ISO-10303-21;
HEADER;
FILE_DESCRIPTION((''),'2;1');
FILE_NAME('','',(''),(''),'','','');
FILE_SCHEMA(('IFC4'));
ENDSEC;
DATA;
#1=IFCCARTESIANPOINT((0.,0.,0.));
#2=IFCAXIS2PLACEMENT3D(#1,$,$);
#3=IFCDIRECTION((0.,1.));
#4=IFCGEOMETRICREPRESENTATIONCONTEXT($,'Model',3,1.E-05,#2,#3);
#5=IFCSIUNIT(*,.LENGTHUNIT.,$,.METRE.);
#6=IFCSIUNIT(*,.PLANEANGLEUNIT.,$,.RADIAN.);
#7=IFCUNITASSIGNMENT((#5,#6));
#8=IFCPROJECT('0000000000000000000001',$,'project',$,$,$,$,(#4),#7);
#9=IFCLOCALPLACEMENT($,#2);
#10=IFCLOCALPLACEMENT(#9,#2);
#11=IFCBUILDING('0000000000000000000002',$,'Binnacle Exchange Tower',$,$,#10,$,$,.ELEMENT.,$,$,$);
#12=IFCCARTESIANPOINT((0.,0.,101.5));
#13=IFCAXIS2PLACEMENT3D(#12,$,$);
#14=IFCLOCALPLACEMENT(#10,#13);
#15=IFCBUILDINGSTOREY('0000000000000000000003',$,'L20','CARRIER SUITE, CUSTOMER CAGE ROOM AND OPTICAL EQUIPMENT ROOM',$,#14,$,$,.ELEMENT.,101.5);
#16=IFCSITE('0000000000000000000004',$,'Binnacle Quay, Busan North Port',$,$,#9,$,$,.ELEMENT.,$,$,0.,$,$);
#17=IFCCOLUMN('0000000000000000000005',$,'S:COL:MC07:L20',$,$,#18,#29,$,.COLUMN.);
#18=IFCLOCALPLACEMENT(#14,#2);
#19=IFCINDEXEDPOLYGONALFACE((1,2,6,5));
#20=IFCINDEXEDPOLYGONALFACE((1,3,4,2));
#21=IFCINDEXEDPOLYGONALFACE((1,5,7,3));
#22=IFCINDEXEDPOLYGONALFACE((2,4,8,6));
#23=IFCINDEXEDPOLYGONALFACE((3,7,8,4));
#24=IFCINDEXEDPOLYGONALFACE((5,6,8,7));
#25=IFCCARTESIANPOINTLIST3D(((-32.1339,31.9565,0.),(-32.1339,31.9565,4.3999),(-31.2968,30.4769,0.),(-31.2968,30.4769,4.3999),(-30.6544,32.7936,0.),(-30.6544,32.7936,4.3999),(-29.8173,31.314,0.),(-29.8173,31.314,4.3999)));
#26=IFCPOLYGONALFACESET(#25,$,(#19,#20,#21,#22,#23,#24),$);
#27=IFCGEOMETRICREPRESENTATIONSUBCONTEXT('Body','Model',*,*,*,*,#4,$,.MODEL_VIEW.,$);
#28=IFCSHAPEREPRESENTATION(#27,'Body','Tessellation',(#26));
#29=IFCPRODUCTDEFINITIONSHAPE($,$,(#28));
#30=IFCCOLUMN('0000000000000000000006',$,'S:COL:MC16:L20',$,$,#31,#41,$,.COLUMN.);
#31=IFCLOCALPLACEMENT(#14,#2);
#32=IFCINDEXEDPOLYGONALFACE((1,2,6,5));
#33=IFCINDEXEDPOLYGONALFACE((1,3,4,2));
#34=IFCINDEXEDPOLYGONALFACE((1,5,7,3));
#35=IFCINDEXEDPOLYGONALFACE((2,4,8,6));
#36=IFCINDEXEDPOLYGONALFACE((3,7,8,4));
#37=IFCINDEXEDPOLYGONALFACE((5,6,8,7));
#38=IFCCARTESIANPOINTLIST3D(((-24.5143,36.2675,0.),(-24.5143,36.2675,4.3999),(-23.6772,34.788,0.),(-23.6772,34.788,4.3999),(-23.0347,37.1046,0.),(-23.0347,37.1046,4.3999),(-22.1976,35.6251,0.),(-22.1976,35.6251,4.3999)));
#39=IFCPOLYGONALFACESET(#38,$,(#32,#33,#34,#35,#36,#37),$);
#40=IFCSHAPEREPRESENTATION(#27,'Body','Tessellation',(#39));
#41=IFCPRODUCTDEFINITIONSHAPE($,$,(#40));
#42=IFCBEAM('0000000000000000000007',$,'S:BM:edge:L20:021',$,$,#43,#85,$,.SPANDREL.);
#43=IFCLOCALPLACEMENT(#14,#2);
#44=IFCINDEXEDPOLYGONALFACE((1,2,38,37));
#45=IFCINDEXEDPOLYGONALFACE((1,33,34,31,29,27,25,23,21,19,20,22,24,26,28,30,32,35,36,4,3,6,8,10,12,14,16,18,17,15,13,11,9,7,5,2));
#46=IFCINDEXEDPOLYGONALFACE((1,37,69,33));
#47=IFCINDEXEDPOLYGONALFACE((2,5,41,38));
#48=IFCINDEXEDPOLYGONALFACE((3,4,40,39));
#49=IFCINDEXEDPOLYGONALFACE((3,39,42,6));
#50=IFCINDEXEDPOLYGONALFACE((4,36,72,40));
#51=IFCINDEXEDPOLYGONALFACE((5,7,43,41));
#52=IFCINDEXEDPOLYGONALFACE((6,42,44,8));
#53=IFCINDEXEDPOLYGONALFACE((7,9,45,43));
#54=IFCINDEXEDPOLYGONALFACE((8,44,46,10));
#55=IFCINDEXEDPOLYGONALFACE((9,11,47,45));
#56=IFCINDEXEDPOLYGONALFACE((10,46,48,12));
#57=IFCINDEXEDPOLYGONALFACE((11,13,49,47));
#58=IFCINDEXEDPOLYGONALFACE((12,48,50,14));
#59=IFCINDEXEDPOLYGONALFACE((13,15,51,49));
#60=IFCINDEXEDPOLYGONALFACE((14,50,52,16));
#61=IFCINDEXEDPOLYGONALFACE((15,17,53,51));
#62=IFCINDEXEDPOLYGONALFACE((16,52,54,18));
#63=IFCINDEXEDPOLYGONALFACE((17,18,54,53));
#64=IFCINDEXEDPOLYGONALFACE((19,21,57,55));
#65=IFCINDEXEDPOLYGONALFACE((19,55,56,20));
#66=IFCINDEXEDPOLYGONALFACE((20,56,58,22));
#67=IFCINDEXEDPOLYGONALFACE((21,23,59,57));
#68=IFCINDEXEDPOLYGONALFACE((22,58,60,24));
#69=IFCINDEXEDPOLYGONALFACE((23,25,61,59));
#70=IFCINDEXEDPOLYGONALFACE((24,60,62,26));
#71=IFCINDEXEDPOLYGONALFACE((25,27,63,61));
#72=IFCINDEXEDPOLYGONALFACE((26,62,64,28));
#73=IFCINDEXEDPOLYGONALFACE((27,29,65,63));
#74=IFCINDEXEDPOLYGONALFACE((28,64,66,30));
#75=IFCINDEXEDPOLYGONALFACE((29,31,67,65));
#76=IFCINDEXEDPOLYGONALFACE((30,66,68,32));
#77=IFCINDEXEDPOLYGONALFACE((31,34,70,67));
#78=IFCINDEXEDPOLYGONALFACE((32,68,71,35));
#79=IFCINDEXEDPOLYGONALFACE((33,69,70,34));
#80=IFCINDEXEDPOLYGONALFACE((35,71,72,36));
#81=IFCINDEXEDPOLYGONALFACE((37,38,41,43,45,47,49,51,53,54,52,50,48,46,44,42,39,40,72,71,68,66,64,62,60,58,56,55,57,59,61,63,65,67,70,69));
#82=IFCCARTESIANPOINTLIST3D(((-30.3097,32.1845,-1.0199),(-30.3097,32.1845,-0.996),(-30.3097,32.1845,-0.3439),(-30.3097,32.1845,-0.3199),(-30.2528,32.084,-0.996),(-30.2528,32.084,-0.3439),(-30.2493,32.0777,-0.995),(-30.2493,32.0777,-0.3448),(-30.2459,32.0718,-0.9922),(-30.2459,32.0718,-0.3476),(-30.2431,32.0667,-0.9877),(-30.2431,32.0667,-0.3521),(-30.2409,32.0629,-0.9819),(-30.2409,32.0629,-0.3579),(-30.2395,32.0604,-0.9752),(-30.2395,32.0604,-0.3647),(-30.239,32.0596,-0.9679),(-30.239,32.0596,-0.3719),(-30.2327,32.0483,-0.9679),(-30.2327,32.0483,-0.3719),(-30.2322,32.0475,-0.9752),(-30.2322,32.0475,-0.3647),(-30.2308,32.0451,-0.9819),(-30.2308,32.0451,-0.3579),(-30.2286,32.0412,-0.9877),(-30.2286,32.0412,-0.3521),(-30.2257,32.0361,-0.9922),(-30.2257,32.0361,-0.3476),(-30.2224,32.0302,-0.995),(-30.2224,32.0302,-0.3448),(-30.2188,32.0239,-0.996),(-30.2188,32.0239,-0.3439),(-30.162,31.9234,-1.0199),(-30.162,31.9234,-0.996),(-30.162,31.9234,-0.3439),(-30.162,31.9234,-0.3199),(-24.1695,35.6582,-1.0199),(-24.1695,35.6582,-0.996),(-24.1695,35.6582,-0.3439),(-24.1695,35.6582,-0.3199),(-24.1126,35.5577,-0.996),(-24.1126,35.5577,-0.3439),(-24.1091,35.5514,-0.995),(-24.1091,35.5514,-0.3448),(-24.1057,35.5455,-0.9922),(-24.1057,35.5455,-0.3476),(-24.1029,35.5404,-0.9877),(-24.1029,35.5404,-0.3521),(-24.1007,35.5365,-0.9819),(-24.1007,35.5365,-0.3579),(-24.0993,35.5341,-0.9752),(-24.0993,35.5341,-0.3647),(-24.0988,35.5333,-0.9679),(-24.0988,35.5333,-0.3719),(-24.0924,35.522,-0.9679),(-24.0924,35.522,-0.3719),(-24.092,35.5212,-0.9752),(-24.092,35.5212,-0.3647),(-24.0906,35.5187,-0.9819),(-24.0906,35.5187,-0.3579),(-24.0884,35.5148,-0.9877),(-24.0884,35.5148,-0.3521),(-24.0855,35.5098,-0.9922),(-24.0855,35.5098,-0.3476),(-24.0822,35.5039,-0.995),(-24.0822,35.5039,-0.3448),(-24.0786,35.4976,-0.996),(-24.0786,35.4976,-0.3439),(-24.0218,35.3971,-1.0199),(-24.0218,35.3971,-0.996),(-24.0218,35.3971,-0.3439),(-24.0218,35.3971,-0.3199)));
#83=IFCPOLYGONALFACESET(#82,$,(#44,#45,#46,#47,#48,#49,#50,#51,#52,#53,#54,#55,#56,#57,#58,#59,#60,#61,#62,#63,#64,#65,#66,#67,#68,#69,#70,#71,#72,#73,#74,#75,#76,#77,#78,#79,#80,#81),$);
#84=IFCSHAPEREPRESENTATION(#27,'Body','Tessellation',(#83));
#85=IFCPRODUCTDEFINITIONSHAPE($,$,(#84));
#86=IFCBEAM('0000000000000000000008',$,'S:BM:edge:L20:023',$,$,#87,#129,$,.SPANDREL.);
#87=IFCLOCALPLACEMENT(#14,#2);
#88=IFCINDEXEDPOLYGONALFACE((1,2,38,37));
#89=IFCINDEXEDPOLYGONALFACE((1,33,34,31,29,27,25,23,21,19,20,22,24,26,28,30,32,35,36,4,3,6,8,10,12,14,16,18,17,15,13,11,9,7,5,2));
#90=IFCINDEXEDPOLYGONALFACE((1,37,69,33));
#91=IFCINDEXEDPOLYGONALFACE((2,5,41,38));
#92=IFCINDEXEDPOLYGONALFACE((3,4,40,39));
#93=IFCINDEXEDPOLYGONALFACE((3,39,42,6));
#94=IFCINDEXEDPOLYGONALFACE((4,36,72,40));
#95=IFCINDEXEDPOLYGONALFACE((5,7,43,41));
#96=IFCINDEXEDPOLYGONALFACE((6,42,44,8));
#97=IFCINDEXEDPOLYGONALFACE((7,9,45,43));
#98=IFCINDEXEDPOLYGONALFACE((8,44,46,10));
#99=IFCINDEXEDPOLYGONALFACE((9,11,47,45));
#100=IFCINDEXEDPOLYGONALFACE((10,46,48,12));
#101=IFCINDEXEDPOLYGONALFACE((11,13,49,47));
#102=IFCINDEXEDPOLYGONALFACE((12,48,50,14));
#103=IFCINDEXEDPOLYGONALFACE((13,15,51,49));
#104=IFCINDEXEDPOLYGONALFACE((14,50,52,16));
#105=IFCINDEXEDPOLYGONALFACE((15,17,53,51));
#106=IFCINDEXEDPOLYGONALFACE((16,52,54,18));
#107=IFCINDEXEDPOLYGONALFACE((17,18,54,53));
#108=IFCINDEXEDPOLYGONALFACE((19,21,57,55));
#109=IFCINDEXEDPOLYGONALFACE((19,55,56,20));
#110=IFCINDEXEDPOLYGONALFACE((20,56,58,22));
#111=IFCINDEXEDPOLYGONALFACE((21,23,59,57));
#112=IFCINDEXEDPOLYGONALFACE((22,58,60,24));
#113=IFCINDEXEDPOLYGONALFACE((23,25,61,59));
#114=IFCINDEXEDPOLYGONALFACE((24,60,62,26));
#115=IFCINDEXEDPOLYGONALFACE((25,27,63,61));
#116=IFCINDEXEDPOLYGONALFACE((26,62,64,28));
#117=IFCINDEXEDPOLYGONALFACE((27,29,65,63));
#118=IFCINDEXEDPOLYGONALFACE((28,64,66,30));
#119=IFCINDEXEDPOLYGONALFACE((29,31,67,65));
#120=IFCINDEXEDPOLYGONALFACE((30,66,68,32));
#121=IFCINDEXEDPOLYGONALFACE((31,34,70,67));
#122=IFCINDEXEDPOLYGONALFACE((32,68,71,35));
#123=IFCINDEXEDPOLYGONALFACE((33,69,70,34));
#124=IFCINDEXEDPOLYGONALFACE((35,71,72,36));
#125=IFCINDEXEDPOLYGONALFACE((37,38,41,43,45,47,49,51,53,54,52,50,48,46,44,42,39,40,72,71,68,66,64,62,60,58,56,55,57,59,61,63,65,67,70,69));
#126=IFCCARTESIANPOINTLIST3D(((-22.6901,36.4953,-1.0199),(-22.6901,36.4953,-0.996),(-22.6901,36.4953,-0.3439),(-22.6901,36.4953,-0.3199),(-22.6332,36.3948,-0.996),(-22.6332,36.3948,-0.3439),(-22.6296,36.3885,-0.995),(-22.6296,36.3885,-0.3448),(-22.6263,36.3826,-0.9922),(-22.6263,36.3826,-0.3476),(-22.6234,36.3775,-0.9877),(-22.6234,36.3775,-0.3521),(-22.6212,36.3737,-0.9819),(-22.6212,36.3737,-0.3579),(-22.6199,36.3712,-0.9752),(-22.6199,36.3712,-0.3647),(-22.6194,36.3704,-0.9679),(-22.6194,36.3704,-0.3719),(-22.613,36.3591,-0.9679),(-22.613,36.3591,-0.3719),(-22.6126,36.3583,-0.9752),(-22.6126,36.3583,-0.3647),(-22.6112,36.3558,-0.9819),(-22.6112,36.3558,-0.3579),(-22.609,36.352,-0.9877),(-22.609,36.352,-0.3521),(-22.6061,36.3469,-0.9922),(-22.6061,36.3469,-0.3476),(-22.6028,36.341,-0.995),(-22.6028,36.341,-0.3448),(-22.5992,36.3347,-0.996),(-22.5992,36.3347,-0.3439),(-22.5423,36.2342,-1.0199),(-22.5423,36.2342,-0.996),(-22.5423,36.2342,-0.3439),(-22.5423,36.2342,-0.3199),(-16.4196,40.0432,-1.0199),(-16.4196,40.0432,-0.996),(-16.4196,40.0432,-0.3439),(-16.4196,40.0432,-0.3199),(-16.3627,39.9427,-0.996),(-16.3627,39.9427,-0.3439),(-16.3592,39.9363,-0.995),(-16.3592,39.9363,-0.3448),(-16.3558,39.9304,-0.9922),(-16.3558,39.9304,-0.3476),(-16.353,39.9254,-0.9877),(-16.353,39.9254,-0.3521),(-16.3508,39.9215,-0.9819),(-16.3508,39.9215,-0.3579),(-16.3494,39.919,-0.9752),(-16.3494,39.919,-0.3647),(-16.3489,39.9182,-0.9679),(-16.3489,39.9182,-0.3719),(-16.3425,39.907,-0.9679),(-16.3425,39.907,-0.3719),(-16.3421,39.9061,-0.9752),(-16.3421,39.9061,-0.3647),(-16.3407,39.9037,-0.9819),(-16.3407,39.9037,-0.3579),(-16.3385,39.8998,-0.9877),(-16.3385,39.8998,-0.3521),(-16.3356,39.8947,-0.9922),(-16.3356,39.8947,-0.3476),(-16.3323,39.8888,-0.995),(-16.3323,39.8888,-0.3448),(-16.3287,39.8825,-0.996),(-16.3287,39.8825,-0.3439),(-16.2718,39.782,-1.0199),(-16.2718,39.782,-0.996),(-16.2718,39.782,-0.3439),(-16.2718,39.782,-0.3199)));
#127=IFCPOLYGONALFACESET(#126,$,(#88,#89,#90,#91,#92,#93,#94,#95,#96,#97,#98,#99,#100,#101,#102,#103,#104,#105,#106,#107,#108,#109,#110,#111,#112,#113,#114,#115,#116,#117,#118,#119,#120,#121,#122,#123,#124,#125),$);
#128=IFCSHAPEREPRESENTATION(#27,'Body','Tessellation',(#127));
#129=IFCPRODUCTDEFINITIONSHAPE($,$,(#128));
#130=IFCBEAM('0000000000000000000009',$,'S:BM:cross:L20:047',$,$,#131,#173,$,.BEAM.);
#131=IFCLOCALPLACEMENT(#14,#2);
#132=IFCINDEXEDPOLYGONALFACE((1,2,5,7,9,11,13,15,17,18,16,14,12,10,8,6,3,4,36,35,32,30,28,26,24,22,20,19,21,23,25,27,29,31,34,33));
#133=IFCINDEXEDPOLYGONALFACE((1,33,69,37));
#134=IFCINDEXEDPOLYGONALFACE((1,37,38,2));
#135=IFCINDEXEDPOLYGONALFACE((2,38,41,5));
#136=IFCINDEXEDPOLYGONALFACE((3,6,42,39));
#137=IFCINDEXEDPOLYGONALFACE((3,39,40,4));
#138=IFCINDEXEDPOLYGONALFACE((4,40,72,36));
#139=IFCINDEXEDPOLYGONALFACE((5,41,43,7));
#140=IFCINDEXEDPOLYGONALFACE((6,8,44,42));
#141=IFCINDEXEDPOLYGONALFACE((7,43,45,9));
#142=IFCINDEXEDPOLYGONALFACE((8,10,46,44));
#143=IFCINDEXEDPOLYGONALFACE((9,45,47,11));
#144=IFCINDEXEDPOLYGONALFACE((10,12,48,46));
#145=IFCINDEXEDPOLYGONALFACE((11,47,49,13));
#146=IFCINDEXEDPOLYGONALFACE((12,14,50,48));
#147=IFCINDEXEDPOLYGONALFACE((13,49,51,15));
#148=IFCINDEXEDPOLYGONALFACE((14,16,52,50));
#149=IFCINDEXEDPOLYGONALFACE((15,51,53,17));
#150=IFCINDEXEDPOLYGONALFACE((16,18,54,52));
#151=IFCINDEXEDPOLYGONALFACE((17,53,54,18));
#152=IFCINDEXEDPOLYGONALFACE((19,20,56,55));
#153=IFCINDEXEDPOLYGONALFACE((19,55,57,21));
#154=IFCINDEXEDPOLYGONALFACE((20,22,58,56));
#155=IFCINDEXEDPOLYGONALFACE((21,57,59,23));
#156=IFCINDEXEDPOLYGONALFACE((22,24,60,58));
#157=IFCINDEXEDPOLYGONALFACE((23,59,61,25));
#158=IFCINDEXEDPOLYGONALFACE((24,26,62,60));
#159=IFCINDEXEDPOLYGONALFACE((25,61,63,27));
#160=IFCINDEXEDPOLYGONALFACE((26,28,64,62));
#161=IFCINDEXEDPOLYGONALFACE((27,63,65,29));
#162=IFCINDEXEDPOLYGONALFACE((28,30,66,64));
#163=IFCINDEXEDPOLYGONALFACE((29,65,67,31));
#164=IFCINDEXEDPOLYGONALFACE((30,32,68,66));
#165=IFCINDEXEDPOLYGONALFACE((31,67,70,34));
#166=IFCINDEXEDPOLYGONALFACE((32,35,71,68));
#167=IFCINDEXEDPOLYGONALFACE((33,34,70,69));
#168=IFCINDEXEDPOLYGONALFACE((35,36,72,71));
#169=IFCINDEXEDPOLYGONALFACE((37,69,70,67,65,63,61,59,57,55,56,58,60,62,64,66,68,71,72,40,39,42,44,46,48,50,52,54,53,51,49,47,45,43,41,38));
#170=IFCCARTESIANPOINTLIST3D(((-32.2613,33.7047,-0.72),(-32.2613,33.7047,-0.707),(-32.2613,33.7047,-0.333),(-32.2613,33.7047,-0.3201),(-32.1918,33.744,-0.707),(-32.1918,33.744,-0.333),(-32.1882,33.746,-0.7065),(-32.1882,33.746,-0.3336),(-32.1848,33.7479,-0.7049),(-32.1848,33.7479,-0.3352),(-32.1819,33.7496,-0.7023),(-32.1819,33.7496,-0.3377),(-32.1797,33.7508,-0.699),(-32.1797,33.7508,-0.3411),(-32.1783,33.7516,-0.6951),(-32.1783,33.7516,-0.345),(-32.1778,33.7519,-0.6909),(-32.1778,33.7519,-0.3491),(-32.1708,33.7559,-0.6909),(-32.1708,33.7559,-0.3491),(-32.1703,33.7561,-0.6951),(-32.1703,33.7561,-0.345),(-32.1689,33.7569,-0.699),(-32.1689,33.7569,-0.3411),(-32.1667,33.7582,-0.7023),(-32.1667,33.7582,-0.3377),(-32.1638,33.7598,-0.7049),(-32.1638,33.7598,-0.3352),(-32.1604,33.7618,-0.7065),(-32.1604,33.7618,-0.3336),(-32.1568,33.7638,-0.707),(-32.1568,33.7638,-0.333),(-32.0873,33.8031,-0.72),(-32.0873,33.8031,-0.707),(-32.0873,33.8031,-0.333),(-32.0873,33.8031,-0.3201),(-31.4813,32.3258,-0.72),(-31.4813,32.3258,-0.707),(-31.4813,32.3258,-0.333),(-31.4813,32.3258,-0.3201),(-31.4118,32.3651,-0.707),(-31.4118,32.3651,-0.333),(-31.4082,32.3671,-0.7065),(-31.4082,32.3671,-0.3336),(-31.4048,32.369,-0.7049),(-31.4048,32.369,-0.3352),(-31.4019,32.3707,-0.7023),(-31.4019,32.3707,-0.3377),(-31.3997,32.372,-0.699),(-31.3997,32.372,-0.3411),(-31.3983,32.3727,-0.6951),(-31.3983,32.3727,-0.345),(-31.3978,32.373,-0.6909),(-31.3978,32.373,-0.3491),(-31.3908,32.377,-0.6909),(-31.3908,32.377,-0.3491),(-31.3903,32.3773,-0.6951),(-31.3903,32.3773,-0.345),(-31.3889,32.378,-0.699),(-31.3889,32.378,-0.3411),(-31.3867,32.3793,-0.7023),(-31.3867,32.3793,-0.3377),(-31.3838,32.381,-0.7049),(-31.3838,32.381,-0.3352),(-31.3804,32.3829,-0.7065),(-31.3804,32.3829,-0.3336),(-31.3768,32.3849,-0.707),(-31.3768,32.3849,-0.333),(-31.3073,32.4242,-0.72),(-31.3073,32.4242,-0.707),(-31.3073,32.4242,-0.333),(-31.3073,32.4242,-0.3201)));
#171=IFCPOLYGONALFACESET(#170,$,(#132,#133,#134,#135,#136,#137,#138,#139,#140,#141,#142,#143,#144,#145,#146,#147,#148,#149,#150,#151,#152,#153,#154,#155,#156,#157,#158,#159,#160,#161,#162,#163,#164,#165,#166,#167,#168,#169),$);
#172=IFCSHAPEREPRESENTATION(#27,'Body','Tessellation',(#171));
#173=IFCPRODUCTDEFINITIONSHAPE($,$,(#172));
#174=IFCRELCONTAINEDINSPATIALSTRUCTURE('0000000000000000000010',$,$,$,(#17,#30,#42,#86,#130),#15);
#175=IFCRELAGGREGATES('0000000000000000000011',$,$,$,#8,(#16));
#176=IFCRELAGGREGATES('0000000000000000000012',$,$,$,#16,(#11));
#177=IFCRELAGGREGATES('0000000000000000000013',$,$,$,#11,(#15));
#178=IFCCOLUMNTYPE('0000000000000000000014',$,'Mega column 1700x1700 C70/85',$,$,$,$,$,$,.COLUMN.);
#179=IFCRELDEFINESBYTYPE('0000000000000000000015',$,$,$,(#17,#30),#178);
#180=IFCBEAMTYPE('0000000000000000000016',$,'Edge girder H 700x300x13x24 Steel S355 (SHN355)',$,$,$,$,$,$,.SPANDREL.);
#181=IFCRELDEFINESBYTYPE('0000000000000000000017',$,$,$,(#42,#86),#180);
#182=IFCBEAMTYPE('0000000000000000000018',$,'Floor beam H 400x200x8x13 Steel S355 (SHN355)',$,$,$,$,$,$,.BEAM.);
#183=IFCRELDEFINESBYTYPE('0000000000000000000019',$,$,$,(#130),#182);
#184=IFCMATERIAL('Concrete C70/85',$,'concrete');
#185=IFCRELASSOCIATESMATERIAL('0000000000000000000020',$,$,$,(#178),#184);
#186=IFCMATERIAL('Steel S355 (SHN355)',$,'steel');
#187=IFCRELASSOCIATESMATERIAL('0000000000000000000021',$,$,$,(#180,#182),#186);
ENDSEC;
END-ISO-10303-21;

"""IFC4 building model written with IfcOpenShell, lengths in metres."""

from ifc_helpers import new_model, si_unit, direction, frame, origin, origin_2d, place, context, subcontext, project, spatial, rectangle, i_section, extrude, material, material_profile, profile_set, type_object, element, save


model = new_model("IFC4")

# Units and contexts
model_context = context("Model", 3, precision=1e-05, world=origin(), true_north=direction((0.0, 1.0)))
body_context = subcontext(model_context, "Body", "Model", "MODEL_VIEW")
ifc_project = project(units=[si_unit("LENGTHUNIT", "METRE"), si_unit("PLANEANGLEUNIT", "RADIAN")], contexts=[model_context])

# Site, building, storey
site_placement = place(None, origin())
site = spatial("IfcSite", under=ifc_project, at=site_placement, Name="Binnacle Quay, Busan North Port", CompositionType="ELEMENT", RefElevation=0.0)
building_placement = place(site_placement, origin())
building = spatial("IfcBuilding", under=site, at=building_placement, Name="Binnacle Exchange Tower", CompositionType="ELEMENT")
storey_placement = place(building_placement, frame((0.0, 0.0, 101.5)))
storey = spatial("IfcBuildingStorey", under=building, at=storey_placement, Name="L20", Description="CARRIER SUITE, CUSTOMER CAGE ROOM AND OPTICAL EQUIPMENT ROOM", CompositionType="ELEMENT", Elevation=101.5)

# Columns
ifc_material_1 = material(Name="Concrete C70/85", Category="concrete")
ifc_material_profile_1 = material_profile(ifc_material_1, rectangle(XDim=1.7, YDim=1.7, at=origin_2d()), Name="Mega column 1700x1700 C70/85")
ifc_profile_set_1 = profile_set([ifc_material_profile_1], Name="Concrete C70/85")
column_type = type_object("IfcColumnType", Name="Mega column 1700x1700 C70/85", PredefinedType="COLUMN", material=ifc_profile_set_1)
for number, where, z_axis, x_axis, name in (
    (1, (-30.9756, 31.6353, 0.0), (0.0, 0.0, 1.0), (0.870356, 0.492424, 0.0), "S:COL:MC07:L20"),
    (2, (-23.356, 35.9463, 0.0), (0.0, 0.0, 1.0), (0.870356, 0.492424, 0.0), "S:COL:MC16:L20"),
):
    element("IfcColumn", number, at=place(storey_placement, frame(where, z_axis=z_axis, x_axis=x_axis)), inside=storey, type_object=column_type, Name=name, PredefinedType="COLUMN", context=body_context, shape_type="SweptSolid", body=[
        extrude(rectangle(XDim=1.7, YDim=1.7, at=origin_2d()), origin(), (0.0, 0.0, 1.0), 4.3999),
    ])

# Beams
ifc_material_2 = material(Name="Steel S355 (SHN355)", Category="steel")
ifc_material_profile_2 = material_profile(ifc_material_2, i_section(OverallWidth=0.3, OverallDepth=0.7, WebThickness=0.0129, FlangeThickness=0.0239, FilletRadius=0.0281, at=origin_2d()), Name="H 700x300x13x24")
ifc_profile_set_2 = profile_set([ifc_material_profile_2], Name="Steel S355 (SHN355)")
beam_type_1 = type_object("IfcBeamType", Name="Edge girder H 700x300x13x24 Steel S355 (SHN355)", PredefinedType="SPANDREL", material=ifc_profile_set_2)
beam_1_placement = place(storey_placement, frame((-30.2358, 32.054, -0.6699), z_axis=(0.870373, 0.492392, 0.0), x_axis=(-0.492392, 0.870373, 0.0)))
element("IfcBeam", 3, at=beam_1_placement, inside=storey, type_object=beam_type_1, Name="S:BM:edge:L20:021", PredefinedType="SPANDREL", context=body_context, shape_type="SweptSolid", body=[
    extrude(i_section(OverallWidth=0.3, OverallDepth=0.7, WebThickness=0.0129, FlangeThickness=0.0239, FilletRadius=0.0281, at=origin_2d()), origin(), (0.0, 0.0, 1.0), 7.0547),
])
beam_2_placement = place(storey_placement, frame((-22.6162, 36.3647, -0.6699), z_axis=(0.870346, 0.492441, 0.0), x_axis=(-0.492441, 0.870346, 0.0)))
element("IfcBeam", 4, at=beam_2_placement, inside=storey, type_object=beam_type_1, Name="S:BM:edge:L20:023", PredefinedType="SPANDREL", context=body_context, shape_type="SweptSolid", body=[
    extrude(i_section(OverallWidth=0.3, OverallDepth=0.7, WebThickness=0.0129, FlangeThickness=0.0239, FilletRadius=0.0281, at=origin_2d()), origin(), (0.0, 0.0, 1.0), 7.2046),
])
ifc_material_profile_3 = material_profile(ifc_material_2, i_section(OverallWidth=0.2, OverallDepth=0.3999, WebThickness=0.0081, FlangeThickness=0.0129, FilletRadius=0.0161, at=origin_2d()), Name="H 400x200x8x13")
ifc_profile_set_3 = profile_set([ifc_material_profile_3], Name="Steel S355 (SHN355)")
beam_type_2 = type_object("IfcBeamType", Name="Floor beam H 400x200x8x13 Steel S355 (SHN355)", PredefinedType="BEAM", material=ifc_profile_set_3)
beam_3_placement = place(storey_placement, frame((-31.3943, 32.375, -0.52), z_axis=(-0.492367, 0.870388, 0.0), x_axis=(-0.870388, -0.492367, 0.0)))
element("IfcBeam", 5, at=beam_3_placement, inside=storey, type_object=beam_type_2, Name="S:BM:cross:L20:047", PredefinedType="BEAM", context=body_context, shape_type="SweptSolid", body=[
    extrude(i_section(OverallWidth=0.2, OverallDepth=0.3999, WebThickness=0.0081, FlangeThickness=0.0129, FilletRadius=0.0161, at=origin_2d()), origin(), (0.0, 0.0, 1.0), 1.5842),
])

save(model, "model.ifc")
